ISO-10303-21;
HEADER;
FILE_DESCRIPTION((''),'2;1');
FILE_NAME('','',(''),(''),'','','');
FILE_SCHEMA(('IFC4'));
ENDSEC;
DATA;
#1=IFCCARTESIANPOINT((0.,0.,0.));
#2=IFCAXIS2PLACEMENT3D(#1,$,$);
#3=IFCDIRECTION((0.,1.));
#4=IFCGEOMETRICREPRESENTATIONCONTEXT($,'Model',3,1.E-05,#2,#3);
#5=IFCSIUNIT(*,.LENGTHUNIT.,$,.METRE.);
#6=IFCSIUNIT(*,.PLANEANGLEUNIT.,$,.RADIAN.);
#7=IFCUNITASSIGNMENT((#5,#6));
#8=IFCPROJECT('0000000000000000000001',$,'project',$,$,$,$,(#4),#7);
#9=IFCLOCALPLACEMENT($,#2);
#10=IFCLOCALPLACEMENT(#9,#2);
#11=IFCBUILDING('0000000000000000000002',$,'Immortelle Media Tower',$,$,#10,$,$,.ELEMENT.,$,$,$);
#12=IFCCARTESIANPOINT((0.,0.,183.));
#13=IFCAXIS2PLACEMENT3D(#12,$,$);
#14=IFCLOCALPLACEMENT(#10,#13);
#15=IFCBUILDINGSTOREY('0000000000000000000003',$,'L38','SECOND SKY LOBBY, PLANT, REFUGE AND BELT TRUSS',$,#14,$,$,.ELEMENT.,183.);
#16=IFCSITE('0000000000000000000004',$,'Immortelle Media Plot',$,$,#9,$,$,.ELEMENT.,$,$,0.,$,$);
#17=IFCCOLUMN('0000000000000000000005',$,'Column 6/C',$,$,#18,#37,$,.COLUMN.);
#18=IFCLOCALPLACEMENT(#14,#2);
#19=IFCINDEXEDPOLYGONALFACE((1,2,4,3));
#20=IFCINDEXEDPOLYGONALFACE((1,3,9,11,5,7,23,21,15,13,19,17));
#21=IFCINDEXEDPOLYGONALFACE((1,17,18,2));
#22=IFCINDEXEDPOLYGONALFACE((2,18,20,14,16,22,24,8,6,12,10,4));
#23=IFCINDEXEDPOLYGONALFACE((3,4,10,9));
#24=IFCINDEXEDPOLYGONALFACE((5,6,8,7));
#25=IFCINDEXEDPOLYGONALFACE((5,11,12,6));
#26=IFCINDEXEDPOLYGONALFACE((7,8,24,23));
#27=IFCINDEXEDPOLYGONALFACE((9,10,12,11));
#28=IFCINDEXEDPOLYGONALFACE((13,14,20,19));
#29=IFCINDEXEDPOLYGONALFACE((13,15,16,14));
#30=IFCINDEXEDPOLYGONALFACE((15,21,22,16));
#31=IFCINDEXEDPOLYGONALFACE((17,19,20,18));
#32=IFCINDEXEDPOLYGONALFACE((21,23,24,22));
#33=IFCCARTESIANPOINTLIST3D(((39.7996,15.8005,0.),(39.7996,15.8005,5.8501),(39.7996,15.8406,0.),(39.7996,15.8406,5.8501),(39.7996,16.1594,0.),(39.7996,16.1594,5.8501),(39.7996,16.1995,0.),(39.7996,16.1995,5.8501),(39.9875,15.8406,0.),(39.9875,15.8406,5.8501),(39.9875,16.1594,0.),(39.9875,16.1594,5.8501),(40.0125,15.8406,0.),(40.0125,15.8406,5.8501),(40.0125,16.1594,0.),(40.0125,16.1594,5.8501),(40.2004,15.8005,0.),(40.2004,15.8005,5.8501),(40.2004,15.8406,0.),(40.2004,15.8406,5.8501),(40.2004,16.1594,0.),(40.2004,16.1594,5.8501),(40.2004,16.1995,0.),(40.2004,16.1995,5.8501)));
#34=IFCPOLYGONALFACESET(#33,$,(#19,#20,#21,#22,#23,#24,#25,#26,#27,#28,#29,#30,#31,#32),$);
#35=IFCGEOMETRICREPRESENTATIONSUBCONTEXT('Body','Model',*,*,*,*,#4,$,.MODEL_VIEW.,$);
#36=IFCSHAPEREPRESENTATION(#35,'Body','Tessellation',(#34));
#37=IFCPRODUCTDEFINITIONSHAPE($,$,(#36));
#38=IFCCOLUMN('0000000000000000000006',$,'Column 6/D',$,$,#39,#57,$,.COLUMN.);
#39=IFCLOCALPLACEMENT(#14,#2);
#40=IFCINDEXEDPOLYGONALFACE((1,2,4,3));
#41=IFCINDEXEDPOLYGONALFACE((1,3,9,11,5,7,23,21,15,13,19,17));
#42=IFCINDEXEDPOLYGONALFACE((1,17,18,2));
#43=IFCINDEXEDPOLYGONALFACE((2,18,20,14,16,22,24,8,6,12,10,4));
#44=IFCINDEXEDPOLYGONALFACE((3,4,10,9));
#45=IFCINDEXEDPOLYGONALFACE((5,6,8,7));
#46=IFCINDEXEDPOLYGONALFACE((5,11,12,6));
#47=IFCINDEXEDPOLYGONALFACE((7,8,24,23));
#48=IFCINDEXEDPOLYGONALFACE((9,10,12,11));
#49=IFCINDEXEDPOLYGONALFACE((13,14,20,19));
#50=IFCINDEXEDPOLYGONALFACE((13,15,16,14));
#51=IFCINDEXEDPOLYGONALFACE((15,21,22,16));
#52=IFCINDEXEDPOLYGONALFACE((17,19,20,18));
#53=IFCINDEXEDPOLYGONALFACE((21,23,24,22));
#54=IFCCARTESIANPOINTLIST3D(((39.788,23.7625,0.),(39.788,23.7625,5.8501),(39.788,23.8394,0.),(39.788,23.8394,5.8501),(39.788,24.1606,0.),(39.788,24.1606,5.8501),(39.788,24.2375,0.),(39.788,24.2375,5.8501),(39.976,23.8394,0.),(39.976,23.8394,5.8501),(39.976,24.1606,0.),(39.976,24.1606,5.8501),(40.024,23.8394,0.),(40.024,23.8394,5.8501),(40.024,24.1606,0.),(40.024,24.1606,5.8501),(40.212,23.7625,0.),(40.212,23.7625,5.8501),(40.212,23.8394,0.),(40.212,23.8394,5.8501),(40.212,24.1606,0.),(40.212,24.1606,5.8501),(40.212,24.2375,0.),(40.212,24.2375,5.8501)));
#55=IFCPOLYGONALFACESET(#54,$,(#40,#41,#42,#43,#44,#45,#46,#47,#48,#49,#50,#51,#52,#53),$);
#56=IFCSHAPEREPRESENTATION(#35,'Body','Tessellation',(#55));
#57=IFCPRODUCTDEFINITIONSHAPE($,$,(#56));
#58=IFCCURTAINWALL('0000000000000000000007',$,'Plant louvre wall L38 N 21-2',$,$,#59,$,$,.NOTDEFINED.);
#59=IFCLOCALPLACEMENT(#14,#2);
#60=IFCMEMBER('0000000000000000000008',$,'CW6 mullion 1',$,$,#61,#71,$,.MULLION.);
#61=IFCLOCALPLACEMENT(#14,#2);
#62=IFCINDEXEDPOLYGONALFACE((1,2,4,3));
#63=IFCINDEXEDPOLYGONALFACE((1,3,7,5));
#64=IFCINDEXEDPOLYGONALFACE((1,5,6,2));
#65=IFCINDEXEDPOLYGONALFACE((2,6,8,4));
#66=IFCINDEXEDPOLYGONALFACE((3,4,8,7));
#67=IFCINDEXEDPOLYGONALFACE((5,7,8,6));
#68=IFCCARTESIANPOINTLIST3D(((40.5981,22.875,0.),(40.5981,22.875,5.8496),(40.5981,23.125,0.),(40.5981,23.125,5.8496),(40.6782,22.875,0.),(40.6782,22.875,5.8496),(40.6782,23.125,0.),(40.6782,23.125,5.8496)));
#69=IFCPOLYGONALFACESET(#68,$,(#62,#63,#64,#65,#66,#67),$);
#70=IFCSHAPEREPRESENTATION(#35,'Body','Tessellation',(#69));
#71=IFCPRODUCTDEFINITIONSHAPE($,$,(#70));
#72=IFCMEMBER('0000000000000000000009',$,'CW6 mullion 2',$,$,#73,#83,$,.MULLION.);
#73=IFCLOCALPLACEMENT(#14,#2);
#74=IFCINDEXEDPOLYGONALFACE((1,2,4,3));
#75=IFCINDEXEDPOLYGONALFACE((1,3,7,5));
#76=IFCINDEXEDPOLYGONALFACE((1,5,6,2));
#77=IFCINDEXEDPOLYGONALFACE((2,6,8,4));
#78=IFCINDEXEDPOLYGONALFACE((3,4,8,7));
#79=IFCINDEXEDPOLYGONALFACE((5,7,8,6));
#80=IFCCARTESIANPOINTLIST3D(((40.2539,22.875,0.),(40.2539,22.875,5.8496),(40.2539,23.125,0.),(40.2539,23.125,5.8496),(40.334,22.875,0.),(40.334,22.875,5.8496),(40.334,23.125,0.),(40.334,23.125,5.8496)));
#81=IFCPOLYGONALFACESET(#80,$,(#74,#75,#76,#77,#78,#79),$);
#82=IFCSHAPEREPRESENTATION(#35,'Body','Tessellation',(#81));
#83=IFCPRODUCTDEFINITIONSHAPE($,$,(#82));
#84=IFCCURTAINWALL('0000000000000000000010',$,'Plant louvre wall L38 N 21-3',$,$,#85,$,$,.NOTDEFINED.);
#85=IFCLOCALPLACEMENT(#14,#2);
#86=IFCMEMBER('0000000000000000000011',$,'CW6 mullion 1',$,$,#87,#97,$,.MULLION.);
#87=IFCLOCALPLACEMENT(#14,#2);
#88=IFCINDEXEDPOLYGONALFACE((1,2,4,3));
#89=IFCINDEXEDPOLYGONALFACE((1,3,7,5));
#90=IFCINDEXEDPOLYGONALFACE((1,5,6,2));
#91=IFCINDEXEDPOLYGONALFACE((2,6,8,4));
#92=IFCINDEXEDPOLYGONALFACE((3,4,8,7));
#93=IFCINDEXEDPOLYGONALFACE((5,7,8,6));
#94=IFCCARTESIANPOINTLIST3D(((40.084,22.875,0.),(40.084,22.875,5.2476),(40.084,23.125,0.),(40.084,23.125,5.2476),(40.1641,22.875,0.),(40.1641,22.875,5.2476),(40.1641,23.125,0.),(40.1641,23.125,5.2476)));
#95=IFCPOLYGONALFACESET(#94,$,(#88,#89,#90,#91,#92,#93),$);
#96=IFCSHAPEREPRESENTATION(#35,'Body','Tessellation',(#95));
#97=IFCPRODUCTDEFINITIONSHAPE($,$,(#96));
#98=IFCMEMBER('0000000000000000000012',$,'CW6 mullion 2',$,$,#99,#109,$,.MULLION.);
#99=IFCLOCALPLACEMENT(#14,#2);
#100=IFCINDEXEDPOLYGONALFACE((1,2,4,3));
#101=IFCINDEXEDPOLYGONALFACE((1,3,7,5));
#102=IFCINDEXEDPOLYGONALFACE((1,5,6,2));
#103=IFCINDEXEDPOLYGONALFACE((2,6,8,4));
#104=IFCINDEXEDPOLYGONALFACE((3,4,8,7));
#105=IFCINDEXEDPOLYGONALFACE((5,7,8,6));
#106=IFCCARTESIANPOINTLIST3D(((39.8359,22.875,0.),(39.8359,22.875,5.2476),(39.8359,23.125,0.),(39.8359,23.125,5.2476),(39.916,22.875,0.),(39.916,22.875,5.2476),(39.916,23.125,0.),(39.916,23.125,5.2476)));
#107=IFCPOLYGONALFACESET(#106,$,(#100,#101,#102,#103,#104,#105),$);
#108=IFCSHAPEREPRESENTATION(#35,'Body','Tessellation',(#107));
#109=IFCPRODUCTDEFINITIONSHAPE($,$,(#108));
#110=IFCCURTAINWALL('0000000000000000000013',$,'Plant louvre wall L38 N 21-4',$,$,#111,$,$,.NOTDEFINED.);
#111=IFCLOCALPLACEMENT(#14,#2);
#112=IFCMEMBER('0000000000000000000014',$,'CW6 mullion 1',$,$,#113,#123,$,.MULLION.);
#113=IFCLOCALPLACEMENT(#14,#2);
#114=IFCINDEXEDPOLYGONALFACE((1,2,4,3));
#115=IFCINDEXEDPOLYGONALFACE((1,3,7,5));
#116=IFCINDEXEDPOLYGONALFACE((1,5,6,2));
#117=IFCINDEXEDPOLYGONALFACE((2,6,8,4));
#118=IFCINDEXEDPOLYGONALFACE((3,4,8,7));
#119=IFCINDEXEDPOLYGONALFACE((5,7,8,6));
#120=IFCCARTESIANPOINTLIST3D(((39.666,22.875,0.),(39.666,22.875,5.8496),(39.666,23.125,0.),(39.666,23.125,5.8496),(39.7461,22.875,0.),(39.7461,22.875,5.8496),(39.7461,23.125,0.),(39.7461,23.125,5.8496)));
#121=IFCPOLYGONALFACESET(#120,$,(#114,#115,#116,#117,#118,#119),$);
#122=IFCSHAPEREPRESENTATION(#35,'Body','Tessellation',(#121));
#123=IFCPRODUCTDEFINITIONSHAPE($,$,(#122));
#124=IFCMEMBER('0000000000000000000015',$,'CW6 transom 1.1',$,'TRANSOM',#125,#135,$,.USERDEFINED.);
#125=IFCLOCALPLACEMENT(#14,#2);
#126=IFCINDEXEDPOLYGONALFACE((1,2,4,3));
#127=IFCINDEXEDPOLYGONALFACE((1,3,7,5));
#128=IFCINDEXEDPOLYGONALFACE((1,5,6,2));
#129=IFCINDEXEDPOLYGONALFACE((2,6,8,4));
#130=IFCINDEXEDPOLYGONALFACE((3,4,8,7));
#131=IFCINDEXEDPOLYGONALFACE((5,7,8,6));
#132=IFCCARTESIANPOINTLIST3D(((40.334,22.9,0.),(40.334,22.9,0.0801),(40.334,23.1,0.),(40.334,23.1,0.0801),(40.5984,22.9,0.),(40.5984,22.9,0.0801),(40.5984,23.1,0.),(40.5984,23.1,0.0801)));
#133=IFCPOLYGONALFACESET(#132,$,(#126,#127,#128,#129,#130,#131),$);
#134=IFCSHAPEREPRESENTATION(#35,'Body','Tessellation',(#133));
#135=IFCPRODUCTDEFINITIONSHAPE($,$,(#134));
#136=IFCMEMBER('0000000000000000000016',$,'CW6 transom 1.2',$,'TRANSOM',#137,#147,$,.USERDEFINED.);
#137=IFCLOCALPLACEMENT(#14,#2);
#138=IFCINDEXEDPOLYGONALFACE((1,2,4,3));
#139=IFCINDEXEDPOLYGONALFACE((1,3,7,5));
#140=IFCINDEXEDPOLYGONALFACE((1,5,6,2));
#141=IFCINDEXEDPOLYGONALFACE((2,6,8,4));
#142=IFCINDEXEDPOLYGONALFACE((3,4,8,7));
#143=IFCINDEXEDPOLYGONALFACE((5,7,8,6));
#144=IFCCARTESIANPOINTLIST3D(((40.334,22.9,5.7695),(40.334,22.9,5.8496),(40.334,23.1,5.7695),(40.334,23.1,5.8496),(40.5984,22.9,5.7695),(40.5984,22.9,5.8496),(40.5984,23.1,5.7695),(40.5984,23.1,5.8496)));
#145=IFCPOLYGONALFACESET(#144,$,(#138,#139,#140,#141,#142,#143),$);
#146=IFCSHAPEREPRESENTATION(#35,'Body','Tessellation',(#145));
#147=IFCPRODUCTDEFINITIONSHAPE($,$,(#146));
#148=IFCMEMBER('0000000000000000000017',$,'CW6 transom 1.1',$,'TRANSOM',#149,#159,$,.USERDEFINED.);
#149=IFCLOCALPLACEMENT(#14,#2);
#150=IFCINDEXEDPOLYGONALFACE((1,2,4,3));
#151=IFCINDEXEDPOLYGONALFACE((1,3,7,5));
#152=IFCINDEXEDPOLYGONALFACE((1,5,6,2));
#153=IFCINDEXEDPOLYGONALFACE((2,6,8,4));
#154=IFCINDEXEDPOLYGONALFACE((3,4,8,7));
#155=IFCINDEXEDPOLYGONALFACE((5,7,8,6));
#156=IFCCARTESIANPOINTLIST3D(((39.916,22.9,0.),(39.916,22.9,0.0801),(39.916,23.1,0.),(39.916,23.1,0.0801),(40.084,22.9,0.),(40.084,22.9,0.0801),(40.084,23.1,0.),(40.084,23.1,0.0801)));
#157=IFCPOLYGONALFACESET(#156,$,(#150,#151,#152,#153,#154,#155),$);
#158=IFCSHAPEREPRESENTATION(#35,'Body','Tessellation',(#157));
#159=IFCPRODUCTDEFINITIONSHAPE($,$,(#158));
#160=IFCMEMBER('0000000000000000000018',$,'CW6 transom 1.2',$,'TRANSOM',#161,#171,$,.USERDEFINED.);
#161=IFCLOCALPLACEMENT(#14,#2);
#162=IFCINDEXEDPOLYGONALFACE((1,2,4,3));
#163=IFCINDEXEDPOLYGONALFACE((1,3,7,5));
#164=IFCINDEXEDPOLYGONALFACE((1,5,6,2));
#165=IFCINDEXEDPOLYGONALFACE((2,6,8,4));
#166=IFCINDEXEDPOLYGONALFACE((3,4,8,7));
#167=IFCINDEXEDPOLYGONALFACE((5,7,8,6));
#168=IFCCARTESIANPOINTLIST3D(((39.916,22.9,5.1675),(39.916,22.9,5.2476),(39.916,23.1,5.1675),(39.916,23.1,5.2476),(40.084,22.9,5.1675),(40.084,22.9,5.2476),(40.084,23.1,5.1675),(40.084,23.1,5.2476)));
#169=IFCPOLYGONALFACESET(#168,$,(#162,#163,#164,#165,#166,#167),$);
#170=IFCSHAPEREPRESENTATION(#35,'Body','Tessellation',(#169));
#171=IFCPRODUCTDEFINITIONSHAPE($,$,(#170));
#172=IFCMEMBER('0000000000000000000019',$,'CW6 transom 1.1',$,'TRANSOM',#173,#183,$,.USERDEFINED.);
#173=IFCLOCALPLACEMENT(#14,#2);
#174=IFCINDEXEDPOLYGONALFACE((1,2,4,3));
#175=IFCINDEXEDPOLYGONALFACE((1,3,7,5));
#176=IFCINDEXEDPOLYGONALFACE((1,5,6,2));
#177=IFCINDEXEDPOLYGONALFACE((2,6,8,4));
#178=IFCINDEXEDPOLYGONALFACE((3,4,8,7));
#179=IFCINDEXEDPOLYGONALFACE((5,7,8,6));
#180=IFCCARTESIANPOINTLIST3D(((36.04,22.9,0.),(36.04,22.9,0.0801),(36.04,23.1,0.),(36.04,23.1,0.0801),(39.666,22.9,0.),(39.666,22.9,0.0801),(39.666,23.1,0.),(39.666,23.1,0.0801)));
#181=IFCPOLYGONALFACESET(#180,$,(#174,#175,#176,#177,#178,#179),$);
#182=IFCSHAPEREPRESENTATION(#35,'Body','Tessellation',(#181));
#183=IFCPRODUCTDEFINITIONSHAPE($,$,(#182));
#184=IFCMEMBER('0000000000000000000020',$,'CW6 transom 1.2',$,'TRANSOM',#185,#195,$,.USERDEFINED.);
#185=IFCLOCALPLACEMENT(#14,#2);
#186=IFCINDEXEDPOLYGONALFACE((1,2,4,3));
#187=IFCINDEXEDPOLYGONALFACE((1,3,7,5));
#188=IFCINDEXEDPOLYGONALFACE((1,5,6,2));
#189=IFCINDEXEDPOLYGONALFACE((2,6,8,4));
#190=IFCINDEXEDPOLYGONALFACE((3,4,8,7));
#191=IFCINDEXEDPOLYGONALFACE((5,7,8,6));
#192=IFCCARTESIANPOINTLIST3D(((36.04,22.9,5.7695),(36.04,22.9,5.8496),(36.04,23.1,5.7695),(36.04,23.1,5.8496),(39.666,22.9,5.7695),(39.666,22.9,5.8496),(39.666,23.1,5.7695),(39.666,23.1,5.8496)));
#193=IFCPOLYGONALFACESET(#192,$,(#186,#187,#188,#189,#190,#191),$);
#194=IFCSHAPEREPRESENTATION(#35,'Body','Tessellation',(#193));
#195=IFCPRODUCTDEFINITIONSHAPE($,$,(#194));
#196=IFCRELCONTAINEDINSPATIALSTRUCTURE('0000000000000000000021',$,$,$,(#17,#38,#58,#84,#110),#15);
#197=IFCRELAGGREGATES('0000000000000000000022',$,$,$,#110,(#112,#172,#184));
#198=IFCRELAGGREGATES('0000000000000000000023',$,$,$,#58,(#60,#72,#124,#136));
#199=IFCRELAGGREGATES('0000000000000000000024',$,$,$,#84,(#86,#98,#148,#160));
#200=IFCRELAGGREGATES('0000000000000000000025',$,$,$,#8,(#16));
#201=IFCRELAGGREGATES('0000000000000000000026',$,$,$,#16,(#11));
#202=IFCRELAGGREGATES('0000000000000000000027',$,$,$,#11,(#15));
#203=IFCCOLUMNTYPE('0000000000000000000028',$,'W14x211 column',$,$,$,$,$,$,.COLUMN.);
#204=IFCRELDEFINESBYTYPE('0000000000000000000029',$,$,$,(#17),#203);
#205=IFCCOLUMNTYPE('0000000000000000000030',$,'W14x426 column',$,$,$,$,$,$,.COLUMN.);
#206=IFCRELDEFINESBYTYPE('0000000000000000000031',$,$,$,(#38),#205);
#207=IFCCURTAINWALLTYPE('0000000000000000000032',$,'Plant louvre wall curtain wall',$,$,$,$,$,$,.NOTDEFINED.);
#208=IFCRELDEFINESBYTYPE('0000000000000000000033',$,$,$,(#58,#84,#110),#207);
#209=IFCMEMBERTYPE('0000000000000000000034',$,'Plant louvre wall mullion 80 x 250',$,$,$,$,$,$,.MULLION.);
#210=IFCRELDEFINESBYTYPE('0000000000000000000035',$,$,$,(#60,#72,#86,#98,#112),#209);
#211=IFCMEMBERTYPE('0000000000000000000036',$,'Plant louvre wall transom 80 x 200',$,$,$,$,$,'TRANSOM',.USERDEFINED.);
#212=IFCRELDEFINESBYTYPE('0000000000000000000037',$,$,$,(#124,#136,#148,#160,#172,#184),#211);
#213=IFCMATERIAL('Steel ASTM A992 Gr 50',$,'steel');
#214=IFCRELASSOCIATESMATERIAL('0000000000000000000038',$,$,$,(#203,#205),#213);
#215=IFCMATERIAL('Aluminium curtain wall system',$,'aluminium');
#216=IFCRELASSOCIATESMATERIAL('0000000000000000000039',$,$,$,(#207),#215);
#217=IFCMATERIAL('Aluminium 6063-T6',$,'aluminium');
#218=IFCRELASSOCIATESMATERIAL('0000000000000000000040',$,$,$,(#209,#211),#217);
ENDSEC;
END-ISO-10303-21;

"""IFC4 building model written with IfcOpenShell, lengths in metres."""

from ifc_helpers import new_model, si_unit, direction, frame, origin, origin_2d, place, context, subcontext, project, spatial, rectangle, i_section, extrude, material, material_profile, profile_set, type_object, element, aggregate, save


model = new_model("IFC4")

# Units and contexts
model_context = context("Model", 3, precision=1e-05, world=origin(), true_north=direction((0.0, 1.0)))
body_context = subcontext(model_context, "Body", "Model", "MODEL_VIEW")
ifc_project = project(units=[si_unit("LENGTHUNIT", "METRE"), si_unit("PLANEANGLEUNIT", "RADIAN")], contexts=[model_context])

# Site, building, storey
site_placement = place(None, origin())
site = spatial("IfcSite", under=ifc_project, at=site_placement, Name="Immortelle Media Plot", CompositionType="ELEMENT", RefElevation=0.0)
building_placement = place(site_placement, origin())
building = spatial("IfcBuilding", under=site, at=building_placement, Name="Immortelle Media Tower", CompositionType="ELEMENT")
storey_placement = place(building_placement, frame((0.0, 0.0, 183.0)))
storey = spatial("IfcBuildingStorey", under=building, at=storey_placement, Name="L38", Description="SECOND SKY LOBBY, PLANT, REFUGE AND BELT TRUSS", CompositionType="ELEMENT", Elevation=183.0)

# Columns
ifc_material_1 = material(Name="Steel ASTM A992 Gr 50", Category="steel")
ifc_material_profile_1 = material_profile(ifc_material_1, i_section(OverallWidth=0.4009, OverallDepth=0.3989, WebThickness=0.0249, FlangeThickness=0.04, at=origin_2d()), Name="W14x211")
ifc_profile_set_1 = profile_set([ifc_material_profile_1], Name="Steel ASTM A992 Gr 50")
column_type_1 = type_object("IfcColumnType", Name="W14x211 column", PredefinedType="COLUMN", material=ifc_profile_set_1)
column_1_placement = place(storey_placement, frame((40.0, 16.0, 0.0), z_axis=(0.0, 0.0, 1.0), x_axis=(1.0, 0.0, 0.0)))
element("IfcColumn", 1, at=column_1_placement, inside=storey, type_object=column_type_1, Name="Column 6/C", PredefinedType="COLUMN", context=body_context, shape_type="SweptSolid", body=[
    extrude(i_section(OverallWidth=0.4009, OverallDepth=0.3989, WebThickness=0.0249, FlangeThickness=0.04, at=origin_2d()), origin(), (0.0, 0.0, 1.0), 5.8501),
])
ifc_material_profile_2 = material_profile(ifc_material_1, i_section(OverallWidth=0.4241, OverallDepth=0.4751, WebThickness=0.0481, FlangeThickness=0.0769, at=origin_2d()), Name="W14x426")
ifc_profile_set_2 = profile_set([ifc_material_profile_2], Name="Steel ASTM A992 Gr 50")
column_type_2 = type_object("IfcColumnType", Name="W14x426 column", PredefinedType="COLUMN", material=ifc_profile_set_2)
column_2_placement = place(storey_placement, frame((40.0, 24.0, 0.0), z_axis=(0.0, 0.0, 1.0), x_axis=(1.0, 0.0, 0.0)))
element("IfcColumn", 2, at=column_2_placement, inside=storey, type_object=column_type_2, Name="Column 6/D", PredefinedType="COLUMN", context=body_context, shape_type="SweptSolid", body=[
    extrude(i_section(OverallWidth=0.4241, OverallDepth=0.4751, WebThickness=0.0481, FlangeThickness=0.0769, at=origin_2d()), origin(), (0.0, 0.0, 1.0), 5.8501),
])

# Curtain walls, members
ifc_material_2 = material(Name="Aluminium curtain wall system", Category="aluminium")
curtain_wall_type = type_object("IfcCurtainWallType", Name="Plant louvre wall curtain wall", PredefinedType="NOTDEFINED", material=ifc_material_2)
curtain_wall_1_placement = place(storey_placement, origin())
curtain_wall_1 = element("IfcCurtainWall", 3, at=curtain_wall_1_placement, inside=storey, type_object=curtain_wall_type, Name="Plant louvre wall L38 N 21-2", PredefinedType="NOTDEFINED")
ifc_material_3 = material(Name="Aluminium 6063-T6", Category="aluminium")
ifc_material_profile_3 = material_profile(ifc_material_3, rectangle(XDim=0.25, YDim=0.0801, at=origin_2d()), Name="AL 80x250")
ifc_profile_set_3 = profile_set([ifc_material_profile_3], Name="Aluminium 6063-T6")
member_type_1 = type_object("IfcMemberType", Name="Plant louvre wall mullion 80 x 250", PredefinedType="MULLION", material=ifc_profile_set_3)
member_1_placement = place(storey_placement, frame((40.6382, 23.0, 0.0), z_axis=(0.0, 0.0, 1.0), x_axis=(0.0, -1.0, 0.0)))
member_1 = element("IfcMember", 4, at=member_1_placement, type_object=member_type_1, Name="CW6 mullion 1", PredefinedType="MULLION", context=body_context, shape_type="SweptSolid", body=[
    extrude(rectangle(XDim=0.25, YDim=0.0801, at=origin_2d()), origin(), (0.0, 0.0, 1.0), 5.8496),
])
member_2_placement = place(storey_placement, frame((40.2939, 23.0, 0.0), z_axis=(0.0, 0.0, 1.0), x_axis=(0.0, -1.0, 0.0)))
member_2 = element("IfcMember", 5, at=member_2_placement, type_object=member_type_1, Name="CW6 mullion 2", PredefinedType="MULLION", context=body_context, shape_type="SweptSolid", body=[
    extrude(rectangle(XDim=0.25, YDim=0.0801, at=origin_2d()), origin(), (0.0, 0.0, 1.0), 5.8496),
])
curtain_wall_2_placement = place(storey_placement, origin())
curtain_wall_2 = element("IfcCurtainWall", 6, at=curtain_wall_2_placement, inside=storey, type_object=curtain_wall_type, Name="Plant louvre wall L38 N 21-3", PredefinedType="NOTDEFINED")
member_3_placement = place(storey_placement, frame((40.124, 23.0, 0.0), z_axis=(0.0, 0.0, 1.0), x_axis=(0.0, -1.0, 0.0)))
member_3 = element("IfcMember", 7, at=member_3_placement, type_object=member_type_1, Name="CW6 mullion 1", PredefinedType="MULLION", context=body_context, shape_type="SweptSolid", body=[
    extrude(rectangle(XDim=0.25, YDim=0.0801, at=origin_2d()), origin(), (0.0, 0.0, 1.0), 5.2476),
])
member_4_placement = place(storey_placement, frame((39.876, 23.0, 0.0), z_axis=(0.0, 0.0, 1.0), x_axis=(0.0, -1.0, 0.0)))
member_4 = element("IfcMember", 8, at=member_4_placement, type_object=member_type_1, Name="CW6 mullion 2", PredefinedType="MULLION", context=body_context, shape_type="SweptSolid", body=[
    extrude(rectangle(XDim=0.25, YDim=0.0801, at=origin_2d()), origin(), (0.0, 0.0, 1.0), 5.2476),
])

# Curtain wall, member
curtain_wall_3_placement = place(storey_placement, origin())
curtain_wall_3 = element("IfcCurtainWall", 9, at=curtain_wall_3_placement, inside=storey, type_object=curtain_wall_type, Name="Plant louvre wall L38 N 21-4", PredefinedType="NOTDEFINED")
member_5_placement = place(storey_placement, frame((39.7061, 23.0, 0.0), z_axis=(0.0, 0.0, 1.0), x_axis=(0.0, -1.0, 0.0)))
member_5 = element("IfcMember", 10, at=member_5_placement, type_object=member_type_1, Name="CW6 mullion 1", PredefinedType="MULLION", context=body_context, shape_type="SweptSolid", body=[
    extrude(rectangle(XDim=0.25, YDim=0.0801, at=origin_2d()), origin(), (0.0, 0.0, 1.0), 5.8496),
])

# Members
ifc_material_profile_4 = material_profile(ifc_material_3, rectangle(XDim=0.2, YDim=0.0801, at=origin_2d()), Name="AL 80x200")
ifc_profile_set_4 = profile_set([ifc_material_profile_4], Name="Aluminium 6063-T6")
member_type_2 = type_object("IfcMemberType", Name="Plant louvre wall transom 80 x 200", ElementType="TRANSOM", PredefinedType="USERDEFINED", material=ifc_profile_set_4)
member_6_placement = place(storey_placement, frame((40.5984, 23.0, 0.04), z_axis=(-1.0, 0.0, 0.0), x_axis=(0.0, -1.0, 0.0)))
member_6 = element("IfcMember", 11, at=member_6_placement, type_object=member_type_2, Name="CW6 transom 1.1", ObjectType="TRANSOM", PredefinedType="USERDEFINED", context=body_context, shape_type="SweptSolid", body=[
    extrude(rectangle(XDim=0.2, YDim=0.0801, at=origin_2d()), origin(), (0.0, 0.0, 1.0), 0.2644),
])
member_7_placement = place(storey_placement, frame((40.5984, 23.0, 5.8096), z_axis=(-1.0, 0.0, 0.0), x_axis=(0.0, -1.0, 0.0)))
member_7 = element("IfcMember", 12, at=member_7_placement, type_object=member_type_2, Name="CW6 transom 1.2", ObjectType="TRANSOM", PredefinedType="USERDEFINED", context=body_context, shape_type="SweptSolid", body=[
    extrude(rectangle(XDim=0.2, YDim=0.0801, at=origin_2d()), origin(), (0.0, 0.0, 1.0), 0.2644),
])
member_8_placement = place(storey_placement, frame((40.084, 23.0, 0.04), z_axis=(-1.0, 0.0, 0.0), x_axis=(0.0, -1.0, 0.0)))
member_8 = element("IfcMember", 13, at=member_8_placement, type_object=member_type_2, Name="CW6 transom 1.1", ObjectType="TRANSOM", PredefinedType="USERDEFINED", context=body_context, shape_type="SweptSolid", body=[
    extrude(rectangle(XDim=0.2, YDim=0.0801, at=origin_2d()), origin(), (0.0, 0.0, 1.0), 0.168),
])
member_9_placement = place(storey_placement, frame((40.084, 23.0, 5.2075), z_axis=(-1.0, 0.0, 0.0), x_axis=(0.0, -1.0, 0.0)))
member_9 = element("IfcMember", 14, at=member_9_placement, type_object=member_type_2, Name="CW6 transom 1.2", ObjectType="TRANSOM", PredefinedType="USERDEFINED", context=body_context, shape_type="SweptSolid", body=[
    extrude(rectangle(XDim=0.2, YDim=0.0801, at=origin_2d()), origin(), (0.0, 0.0, 1.0), 0.168),
])
member_10_placement = place(storey_placement, frame((39.666, 23.0, 0.04), z_axis=(-1.0, 0.0, 0.0), x_axis=(0.0, -1.0, 0.0)))
member_10 = element("IfcMember", 15, at=member_10_placement, type_object=member_type_2, Name="CW6 transom 1.1", ObjectType="TRANSOM", PredefinedType="USERDEFINED", context=body_context, shape_type="SweptSolid", body=[
    extrude(rectangle(XDim=0.2, YDim=0.0801, at=origin_2d()), origin(), (0.0, 0.0, 1.0), 3.626),
])
member_11_placement = place(storey_placement, frame((39.666, 23.0, 5.8096), z_axis=(-1.0, 0.0, 0.0), x_axis=(0.0, -1.0, 0.0)))
member_11 = element("IfcMember", 16, at=member_11_placement, type_object=member_type_2, Name="CW6 transom 1.2", ObjectType="TRANSOM", PredefinedType="USERDEFINED", context=body_context, shape_type="SweptSolid", body=[
    extrude(rectangle(XDim=0.2, YDim=0.0801, at=origin_2d()), origin(), (0.0, 0.0, 1.0), 3.626),
])
aggregate(curtain_wall_3, [member_5, member_10, member_11])

aggregate(curtain_wall_1, [member_1, member_2, member_6, member_7])
aggregate(curtain_wall_2, [member_3, member_4, member_8, member_9])

save(model, "model.ifc")
